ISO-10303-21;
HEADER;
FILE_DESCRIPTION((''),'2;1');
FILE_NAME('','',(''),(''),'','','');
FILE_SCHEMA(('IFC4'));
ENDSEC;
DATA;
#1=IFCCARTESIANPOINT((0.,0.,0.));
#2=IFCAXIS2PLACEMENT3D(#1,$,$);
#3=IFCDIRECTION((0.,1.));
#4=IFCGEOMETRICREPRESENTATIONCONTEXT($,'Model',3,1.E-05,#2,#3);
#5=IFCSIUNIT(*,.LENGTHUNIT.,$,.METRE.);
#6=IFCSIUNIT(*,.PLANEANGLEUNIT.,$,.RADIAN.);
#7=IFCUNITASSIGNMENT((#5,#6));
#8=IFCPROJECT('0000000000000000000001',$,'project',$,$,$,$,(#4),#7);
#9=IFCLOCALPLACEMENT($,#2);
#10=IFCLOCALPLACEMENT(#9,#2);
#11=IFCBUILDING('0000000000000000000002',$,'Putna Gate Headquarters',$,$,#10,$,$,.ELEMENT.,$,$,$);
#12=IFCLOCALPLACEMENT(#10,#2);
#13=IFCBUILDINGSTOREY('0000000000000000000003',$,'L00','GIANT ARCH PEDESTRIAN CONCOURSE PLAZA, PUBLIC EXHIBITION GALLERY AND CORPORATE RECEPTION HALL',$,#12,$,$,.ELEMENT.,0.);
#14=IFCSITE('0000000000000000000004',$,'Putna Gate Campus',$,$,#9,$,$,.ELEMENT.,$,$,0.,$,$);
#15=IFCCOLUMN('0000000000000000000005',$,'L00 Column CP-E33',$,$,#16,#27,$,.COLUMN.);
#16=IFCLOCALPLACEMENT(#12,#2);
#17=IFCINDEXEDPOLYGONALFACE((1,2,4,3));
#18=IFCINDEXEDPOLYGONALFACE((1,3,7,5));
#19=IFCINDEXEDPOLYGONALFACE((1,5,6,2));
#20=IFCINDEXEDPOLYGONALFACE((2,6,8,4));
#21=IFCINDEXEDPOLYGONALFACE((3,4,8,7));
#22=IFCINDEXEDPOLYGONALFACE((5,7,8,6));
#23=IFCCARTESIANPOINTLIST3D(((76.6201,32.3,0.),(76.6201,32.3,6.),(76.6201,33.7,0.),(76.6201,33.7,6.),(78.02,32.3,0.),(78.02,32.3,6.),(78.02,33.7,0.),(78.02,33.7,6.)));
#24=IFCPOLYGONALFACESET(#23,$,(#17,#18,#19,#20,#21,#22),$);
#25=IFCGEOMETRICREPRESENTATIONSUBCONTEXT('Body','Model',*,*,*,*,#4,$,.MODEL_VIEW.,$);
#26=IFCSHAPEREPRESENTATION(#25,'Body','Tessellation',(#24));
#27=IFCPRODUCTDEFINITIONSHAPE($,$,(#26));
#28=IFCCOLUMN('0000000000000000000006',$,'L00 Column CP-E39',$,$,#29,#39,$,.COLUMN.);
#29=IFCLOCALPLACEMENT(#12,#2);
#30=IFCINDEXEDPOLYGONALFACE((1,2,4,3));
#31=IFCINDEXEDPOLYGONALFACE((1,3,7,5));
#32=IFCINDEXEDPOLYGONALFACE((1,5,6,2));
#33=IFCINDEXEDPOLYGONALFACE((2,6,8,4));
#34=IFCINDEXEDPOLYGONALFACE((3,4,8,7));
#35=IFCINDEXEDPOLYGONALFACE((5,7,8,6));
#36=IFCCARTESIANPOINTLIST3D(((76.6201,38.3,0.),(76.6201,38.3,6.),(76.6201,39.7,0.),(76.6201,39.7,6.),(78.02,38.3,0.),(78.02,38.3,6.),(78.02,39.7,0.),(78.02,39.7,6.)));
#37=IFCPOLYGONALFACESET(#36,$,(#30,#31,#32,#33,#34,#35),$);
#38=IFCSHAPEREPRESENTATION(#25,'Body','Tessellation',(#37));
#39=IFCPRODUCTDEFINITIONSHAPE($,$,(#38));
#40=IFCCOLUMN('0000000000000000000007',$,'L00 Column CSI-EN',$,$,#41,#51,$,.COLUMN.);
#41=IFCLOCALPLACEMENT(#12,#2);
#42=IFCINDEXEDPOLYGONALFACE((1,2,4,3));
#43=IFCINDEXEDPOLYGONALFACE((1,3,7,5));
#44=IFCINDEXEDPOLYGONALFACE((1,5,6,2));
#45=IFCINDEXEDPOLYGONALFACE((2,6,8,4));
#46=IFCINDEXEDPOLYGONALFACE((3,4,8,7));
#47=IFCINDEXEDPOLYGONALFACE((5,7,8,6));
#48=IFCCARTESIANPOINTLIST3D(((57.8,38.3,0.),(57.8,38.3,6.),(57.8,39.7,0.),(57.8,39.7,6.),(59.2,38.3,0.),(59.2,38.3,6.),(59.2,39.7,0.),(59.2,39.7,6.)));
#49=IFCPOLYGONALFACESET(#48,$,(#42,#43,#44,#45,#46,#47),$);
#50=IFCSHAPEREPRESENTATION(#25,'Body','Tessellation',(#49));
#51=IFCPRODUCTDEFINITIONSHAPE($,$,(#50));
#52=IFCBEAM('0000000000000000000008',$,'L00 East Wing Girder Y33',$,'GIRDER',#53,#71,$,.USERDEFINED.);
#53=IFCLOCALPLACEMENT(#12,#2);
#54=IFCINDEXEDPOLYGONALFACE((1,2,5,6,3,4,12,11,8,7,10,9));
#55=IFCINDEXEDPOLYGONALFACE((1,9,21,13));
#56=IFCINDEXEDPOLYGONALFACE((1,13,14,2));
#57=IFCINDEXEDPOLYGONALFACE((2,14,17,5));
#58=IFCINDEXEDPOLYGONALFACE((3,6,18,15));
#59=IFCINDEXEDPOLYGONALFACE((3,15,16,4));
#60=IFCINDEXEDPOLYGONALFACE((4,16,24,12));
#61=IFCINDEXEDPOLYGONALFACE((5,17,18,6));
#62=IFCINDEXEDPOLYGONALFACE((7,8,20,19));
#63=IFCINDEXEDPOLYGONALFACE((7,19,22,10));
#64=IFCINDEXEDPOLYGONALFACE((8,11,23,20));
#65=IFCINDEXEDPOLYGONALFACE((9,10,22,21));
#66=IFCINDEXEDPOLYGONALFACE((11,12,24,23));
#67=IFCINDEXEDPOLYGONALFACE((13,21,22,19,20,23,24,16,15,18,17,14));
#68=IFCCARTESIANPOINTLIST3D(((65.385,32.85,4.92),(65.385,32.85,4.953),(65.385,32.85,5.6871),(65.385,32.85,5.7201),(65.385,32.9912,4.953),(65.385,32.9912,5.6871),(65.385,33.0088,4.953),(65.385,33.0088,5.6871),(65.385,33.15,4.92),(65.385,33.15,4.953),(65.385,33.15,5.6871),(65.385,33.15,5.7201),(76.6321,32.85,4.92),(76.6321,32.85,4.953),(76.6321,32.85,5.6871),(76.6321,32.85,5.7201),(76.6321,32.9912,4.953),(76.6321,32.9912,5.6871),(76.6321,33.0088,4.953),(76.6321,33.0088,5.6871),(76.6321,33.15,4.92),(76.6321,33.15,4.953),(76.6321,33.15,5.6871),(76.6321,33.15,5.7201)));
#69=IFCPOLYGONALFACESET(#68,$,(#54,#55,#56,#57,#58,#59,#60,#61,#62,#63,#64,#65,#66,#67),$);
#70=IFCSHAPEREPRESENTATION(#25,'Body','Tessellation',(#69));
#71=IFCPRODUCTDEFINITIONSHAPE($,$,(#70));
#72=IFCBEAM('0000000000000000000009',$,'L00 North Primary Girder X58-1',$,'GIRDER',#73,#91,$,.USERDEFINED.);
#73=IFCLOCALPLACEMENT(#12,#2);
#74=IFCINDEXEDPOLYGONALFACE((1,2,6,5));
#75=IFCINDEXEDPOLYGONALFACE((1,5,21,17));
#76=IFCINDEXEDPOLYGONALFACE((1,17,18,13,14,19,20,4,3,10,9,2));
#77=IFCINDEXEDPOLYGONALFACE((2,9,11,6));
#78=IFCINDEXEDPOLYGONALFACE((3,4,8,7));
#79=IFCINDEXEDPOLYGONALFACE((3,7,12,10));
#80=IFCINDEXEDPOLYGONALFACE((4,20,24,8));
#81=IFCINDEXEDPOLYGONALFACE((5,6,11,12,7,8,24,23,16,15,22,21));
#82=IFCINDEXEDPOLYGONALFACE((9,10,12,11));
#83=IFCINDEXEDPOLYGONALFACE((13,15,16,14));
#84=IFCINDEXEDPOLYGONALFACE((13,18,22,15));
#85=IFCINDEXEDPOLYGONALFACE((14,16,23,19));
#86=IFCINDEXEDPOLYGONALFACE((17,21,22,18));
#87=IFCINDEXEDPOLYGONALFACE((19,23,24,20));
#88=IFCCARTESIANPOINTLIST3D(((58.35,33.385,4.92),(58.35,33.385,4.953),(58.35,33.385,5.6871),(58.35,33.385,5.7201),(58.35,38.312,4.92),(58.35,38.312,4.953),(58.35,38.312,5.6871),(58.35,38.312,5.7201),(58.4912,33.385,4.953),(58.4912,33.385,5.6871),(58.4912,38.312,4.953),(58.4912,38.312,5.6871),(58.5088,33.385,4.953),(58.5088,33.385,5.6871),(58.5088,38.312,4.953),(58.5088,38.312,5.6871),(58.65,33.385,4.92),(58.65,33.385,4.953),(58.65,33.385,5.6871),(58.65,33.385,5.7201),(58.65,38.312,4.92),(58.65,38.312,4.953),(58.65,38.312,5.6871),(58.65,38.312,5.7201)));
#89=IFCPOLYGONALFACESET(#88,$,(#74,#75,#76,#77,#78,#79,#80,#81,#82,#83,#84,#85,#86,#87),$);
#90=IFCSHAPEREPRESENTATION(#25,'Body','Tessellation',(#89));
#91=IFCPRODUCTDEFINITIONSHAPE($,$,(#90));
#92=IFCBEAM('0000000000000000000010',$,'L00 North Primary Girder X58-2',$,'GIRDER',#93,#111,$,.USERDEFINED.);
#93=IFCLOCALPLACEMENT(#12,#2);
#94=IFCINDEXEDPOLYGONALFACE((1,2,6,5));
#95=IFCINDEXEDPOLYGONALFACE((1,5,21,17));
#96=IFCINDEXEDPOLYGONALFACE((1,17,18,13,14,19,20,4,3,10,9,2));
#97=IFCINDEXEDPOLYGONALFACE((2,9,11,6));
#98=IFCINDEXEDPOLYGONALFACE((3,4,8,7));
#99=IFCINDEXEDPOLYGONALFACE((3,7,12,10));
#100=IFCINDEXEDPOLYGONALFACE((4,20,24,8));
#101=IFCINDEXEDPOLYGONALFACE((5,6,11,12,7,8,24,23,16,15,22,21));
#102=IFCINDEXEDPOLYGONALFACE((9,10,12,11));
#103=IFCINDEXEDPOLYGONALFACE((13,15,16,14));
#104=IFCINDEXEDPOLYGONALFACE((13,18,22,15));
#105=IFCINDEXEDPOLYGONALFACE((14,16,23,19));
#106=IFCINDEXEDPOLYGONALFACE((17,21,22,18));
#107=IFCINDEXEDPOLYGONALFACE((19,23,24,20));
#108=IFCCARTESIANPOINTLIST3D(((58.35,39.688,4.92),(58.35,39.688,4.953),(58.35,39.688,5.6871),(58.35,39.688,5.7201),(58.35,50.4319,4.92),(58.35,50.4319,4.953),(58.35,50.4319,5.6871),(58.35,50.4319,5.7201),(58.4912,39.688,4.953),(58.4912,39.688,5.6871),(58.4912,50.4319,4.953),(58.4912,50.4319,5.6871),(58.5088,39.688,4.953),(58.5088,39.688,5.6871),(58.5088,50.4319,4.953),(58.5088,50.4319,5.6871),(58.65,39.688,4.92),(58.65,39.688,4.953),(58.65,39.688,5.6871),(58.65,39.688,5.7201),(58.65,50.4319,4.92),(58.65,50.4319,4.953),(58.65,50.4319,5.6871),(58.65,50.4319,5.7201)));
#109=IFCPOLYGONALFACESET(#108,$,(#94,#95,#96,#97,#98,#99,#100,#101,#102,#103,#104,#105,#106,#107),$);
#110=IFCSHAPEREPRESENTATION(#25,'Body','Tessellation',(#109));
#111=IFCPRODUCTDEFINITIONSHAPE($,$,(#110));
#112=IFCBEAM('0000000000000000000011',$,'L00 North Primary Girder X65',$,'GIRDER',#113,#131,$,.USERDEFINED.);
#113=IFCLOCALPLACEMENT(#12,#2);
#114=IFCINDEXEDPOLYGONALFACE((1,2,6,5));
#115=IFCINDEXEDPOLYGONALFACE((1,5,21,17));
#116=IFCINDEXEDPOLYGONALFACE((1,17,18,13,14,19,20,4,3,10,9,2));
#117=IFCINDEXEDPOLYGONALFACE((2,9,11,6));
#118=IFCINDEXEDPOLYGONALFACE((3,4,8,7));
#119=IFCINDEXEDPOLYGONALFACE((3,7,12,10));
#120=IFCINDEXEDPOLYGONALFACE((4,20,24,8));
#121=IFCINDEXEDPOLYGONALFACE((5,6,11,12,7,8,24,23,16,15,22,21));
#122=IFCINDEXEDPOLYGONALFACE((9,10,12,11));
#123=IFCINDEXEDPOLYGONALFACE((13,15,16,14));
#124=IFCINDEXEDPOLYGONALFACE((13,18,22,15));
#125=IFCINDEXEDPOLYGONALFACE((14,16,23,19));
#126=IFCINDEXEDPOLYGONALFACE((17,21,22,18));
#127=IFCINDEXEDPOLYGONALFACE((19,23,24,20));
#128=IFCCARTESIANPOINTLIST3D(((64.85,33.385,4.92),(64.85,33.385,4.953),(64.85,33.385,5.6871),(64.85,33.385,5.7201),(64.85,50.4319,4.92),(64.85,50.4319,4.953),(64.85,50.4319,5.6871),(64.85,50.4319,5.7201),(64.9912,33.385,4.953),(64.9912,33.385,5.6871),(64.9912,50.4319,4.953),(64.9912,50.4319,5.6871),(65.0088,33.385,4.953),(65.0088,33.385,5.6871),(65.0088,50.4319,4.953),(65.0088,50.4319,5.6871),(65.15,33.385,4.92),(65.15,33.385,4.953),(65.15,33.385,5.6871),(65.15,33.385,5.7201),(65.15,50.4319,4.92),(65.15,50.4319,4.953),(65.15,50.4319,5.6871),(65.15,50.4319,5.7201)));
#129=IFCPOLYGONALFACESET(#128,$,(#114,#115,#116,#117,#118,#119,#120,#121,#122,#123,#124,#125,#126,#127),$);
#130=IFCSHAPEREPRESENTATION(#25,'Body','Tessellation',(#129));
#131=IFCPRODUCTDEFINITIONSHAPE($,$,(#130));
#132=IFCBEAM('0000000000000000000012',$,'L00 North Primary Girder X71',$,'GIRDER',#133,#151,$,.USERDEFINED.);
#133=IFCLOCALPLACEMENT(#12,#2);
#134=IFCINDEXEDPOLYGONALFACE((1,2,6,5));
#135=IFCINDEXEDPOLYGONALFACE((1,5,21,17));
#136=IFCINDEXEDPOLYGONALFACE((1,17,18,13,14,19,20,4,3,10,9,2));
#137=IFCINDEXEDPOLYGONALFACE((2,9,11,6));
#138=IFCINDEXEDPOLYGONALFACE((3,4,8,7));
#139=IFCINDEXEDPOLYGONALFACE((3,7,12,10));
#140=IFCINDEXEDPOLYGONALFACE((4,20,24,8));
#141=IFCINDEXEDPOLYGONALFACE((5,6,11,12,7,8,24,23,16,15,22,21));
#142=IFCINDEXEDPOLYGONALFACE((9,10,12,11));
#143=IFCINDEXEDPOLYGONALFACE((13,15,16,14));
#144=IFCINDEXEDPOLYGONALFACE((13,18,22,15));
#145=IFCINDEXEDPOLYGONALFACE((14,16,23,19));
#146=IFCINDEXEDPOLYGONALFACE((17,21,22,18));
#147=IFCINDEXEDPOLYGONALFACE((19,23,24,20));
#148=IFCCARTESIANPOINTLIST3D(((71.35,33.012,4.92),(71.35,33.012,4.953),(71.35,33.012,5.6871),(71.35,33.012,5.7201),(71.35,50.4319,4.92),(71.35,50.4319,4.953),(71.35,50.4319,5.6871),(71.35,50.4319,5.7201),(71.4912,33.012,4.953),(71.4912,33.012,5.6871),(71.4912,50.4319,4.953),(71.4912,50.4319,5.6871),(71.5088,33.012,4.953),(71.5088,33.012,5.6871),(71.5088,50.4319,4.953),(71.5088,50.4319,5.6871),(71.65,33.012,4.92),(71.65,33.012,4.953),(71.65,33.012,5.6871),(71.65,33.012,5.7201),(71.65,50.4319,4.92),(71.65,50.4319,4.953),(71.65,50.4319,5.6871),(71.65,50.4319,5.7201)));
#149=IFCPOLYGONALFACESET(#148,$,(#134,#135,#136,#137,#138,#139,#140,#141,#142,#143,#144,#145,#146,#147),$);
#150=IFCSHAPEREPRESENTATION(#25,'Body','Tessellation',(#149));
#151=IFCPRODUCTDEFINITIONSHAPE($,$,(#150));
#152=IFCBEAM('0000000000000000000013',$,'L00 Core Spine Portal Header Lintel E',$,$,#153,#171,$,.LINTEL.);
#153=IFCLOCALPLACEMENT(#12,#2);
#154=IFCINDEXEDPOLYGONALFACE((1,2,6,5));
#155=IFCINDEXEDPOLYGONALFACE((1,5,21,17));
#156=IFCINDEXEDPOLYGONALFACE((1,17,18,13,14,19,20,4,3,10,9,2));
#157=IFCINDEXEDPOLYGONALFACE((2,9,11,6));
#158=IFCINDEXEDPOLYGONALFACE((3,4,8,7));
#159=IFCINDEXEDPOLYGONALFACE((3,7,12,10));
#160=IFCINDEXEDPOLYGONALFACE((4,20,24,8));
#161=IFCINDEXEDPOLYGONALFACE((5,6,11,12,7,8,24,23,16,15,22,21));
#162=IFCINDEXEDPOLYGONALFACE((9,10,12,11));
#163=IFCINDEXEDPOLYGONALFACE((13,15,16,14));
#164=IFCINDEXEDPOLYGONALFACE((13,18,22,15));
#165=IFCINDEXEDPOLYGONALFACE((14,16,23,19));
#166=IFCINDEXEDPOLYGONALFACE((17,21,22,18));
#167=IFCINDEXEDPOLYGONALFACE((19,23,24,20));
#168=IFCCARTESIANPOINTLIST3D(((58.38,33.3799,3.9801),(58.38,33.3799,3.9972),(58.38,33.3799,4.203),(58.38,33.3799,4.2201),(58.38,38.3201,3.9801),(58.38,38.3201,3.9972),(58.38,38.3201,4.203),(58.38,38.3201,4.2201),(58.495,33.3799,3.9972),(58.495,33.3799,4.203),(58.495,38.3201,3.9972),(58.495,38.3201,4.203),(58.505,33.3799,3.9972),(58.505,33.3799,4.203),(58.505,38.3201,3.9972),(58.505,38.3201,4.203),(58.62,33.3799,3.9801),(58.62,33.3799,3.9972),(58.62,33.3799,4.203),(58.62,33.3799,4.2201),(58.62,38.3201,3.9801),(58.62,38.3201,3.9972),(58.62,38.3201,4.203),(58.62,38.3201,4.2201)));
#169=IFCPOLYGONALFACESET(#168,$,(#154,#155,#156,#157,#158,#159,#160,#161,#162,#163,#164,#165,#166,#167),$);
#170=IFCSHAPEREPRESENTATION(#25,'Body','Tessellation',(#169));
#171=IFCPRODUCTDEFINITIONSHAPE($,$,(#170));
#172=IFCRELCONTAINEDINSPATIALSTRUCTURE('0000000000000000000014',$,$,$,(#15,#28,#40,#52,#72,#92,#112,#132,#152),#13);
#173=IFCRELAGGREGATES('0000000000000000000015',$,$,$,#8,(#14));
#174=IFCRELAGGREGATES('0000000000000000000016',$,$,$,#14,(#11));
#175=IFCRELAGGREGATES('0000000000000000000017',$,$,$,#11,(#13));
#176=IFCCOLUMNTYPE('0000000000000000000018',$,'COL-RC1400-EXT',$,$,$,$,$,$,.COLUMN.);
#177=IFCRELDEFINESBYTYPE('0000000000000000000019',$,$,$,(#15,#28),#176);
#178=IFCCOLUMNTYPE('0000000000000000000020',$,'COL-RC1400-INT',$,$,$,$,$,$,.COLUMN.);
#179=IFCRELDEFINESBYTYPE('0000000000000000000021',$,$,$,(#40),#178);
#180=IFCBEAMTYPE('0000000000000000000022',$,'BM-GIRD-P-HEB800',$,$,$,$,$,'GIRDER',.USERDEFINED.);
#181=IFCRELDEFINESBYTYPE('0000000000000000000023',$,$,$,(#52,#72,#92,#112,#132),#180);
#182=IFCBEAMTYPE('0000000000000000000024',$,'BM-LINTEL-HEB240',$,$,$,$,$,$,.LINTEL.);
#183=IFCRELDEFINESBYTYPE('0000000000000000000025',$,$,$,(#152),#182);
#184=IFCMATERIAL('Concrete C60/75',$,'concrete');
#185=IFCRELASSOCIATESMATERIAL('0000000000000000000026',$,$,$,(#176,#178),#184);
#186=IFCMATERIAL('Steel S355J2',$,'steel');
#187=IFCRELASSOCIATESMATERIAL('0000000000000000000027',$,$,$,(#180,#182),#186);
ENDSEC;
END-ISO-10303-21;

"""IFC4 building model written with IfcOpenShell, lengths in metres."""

from ifc_helpers import new_model, si_unit, direction, frame, origin, origin_2d, place, context, subcontext, project, spatial, rectangle, i_section, extrude, material, material_profile, profile_set, type_object, element, save


model = new_model("IFC4")

# Units and contexts
model_context = context("Model", 3, precision=1e-05, world=origin(), true_north=direction((0.0, 1.0)))
body_context = subcontext(model_context, "Body", "Model", "MODEL_VIEW")
ifc_project = project(units=[si_unit("LENGTHUNIT", "METRE"), si_unit("PLANEANGLEUNIT", "RADIAN")], contexts=[model_context])

# Site, building, storey
site_placement = place(None, origin())
site = spatial("IfcSite", under=ifc_project, at=site_placement, Name="Putna Gate Campus", CompositionType="ELEMENT", RefElevation=0.0)
building_placement = place(site_placement, origin())
building = spatial("IfcBuilding", under=site, at=building_placement, Name="Putna Gate Headquarters", CompositionType="ELEMENT")
storey_placement = place(building_placement, origin())
storey = spatial("IfcBuildingStorey", under=building, at=storey_placement, Name="L00", Description="GIANT ARCH PEDESTRIAN CONCOURSE PLAZA, PUBLIC EXHIBITION GALLERY AND CORPORATE RECEPTION HALL", CompositionType="ELEMENT", Elevation=0.0)

# Columns
ifc_material_1 = material(Name="Concrete C60/75", Category="concrete")
ifc_material_profile_1 = material_profile(ifc_material_1, rectangle(XDim=1.3999, YDim=1.3999, at=origin_2d()), Name="Concrete C60/75")
ifc_profile_set_1 = profile_set([ifc_material_profile_1], Name="Concrete C60/75")
column_type_1 = type_object("IfcColumnType", Name="COL-RC1400-EXT", PredefinedType="COLUMN", material=ifc_profile_set_1)
for number, where, z_axis, x_axis, name in (
    (1, (77.3201, 33.0, 0.0), (0.0, 0.0, 1.0), (1.0, 0.0, 0.0), "L00 Column CP-E33"),
    (2, (77.3201, 39.0, 0.0), (0.0, 0.0, 1.0), (1.0, 0.0, 0.0), "L00 Column CP-E39"),
):
    element("IfcColumn", number, at=place(storey_placement, frame(where, z_axis=z_axis, x_axis=x_axis)), inside=storey, type_object=column_type_1, Name=name, PredefinedType="COLUMN", context=body_context, shape_type="SweptSolid", body=[
        extrude(rectangle(XDim=1.3999, YDim=1.3999, at=origin_2d()), origin(), (0.0, 0.0, 1.0), 6.0),
    ])
ifc_material_profile_2 = material_profile(ifc_material_1, rectangle(XDim=1.3999, YDim=1.3999, at=origin_2d()), Name="Concrete C60/75")
ifc_profile_set_2 = profile_set([ifc_material_profile_2], Name="Concrete C60/75")
column_type_2 = type_object("IfcColumnType", Name="COL-RC1400-INT", PredefinedType="COLUMN", material=ifc_profile_set_2)
column_placement = place(storey_placement, frame((58.5, 39.0, 0.0), z_axis=(0.0, 0.0, 1.0), x_axis=(1.0, 0.0, 0.0)))
element("IfcColumn", 3, at=column_placement, inside=storey, type_object=column_type_2, Name="L00 Column CSI-EN", PredefinedType="COLUMN", context=body_context, shape_type="SweptSolid", body=[
    extrude(rectangle(XDim=1.3999, YDim=1.3999, at=origin_2d()), origin(), (0.0, 0.0, 1.0), 6.0),
])

# Beams
ifc_material_2 = material(Name="Steel S355J2", Category="steel")
ifc_material_profile_3 = material_profile(ifc_material_2, i_section(OverallWidth=0.3, OverallDepth=0.8, WebThickness=0.0176, FlangeThickness=0.033, at=origin_2d()), Name="Steel S355J2")
ifc_profile_set_3 = profile_set([ifc_material_profile_3], Name="Steel S355J2")
beam_type_1 = type_object("IfcBeamType", Name="BM-GIRD-P-HEB800", ElementType="GIRDER", PredefinedType="USERDEFINED", material=ifc_profile_set_3)
beam_1_placement = place(storey_placement, frame((65.385, 33.0, 5.3201), z_axis=(1.0, 0.0, 0.0), x_axis=(0.0, 1.0, 0.0)))
element("IfcBeam", 4, at=beam_1_placement, inside=storey, type_object=beam_type_1, Name="L00 East Wing Girder Y33", ObjectType="GIRDER", PredefinedType="USERDEFINED", context=body_context, shape_type="SweptSolid", body=[
    extrude(i_section(OverallWidth=0.3, OverallDepth=0.8, WebThickness=0.0176, FlangeThickness=0.033, at=origin_2d()), origin(), (0.0, 0.0, 1.0), 11.2471),
])
beam_2_placement = place(storey_placement, frame((58.5, 33.385, 5.3201), z_axis=(0.0, 1.0, 0.0), x_axis=(-1.0, 0.0, 0.0)))
element("IfcBeam", 5, at=beam_2_placement, inside=storey, type_object=beam_type_1, Name="L00 North Primary Girder X58-1", ObjectType="GIRDER", PredefinedType="USERDEFINED", context=body_context, shape_type="SweptSolid", body=[
    extrude(i_section(OverallWidth=0.3, OverallDepth=0.8, WebThickness=0.0176, FlangeThickness=0.033, at=origin_2d()), origin(), (0.0, 0.0, 1.0), 4.927),
])
beam_3_placement = place(storey_placement, frame((58.5, 39.688, 5.3201), z_axis=(0.0, 1.0, 0.0), x_axis=(-1.0, 0.0, 0.0)))
element("IfcBeam", 6, at=beam_3_placement, inside=storey, type_object=beam_type_1, Name="L00 North Primary Girder X58-2", ObjectType="GIRDER", PredefinedType="USERDEFINED", context=body_context, shape_type="SweptSolid", body=[
    extrude(i_section(OverallWidth=0.3, OverallDepth=0.8, WebThickness=0.0176, FlangeThickness=0.033, at=origin_2d()), origin(), (0.0, 0.0, 1.0), 10.7439),
])
beam_4_placement = place(storey_placement, frame((65.0, 33.385, 5.3201), z_axis=(0.0, 1.0, 0.0), x_axis=(-1.0, 0.0, 0.0)))
element("IfcBeam", 7, at=beam_4_placement, inside=storey, type_object=beam_type_1, Name="L00 North Primary Girder X65", ObjectType="GIRDER", PredefinedType="USERDEFINED", context=body_context, shape_type="SweptSolid", body=[
    extrude(i_section(OverallWidth=0.3, OverallDepth=0.8, WebThickness=0.0176, FlangeThickness=0.033, at=origin_2d()), origin(), (0.0, 0.0, 1.0), 17.0469),
])
beam_5_placement = place(storey_placement, frame((71.5, 33.012, 5.3201), z_axis=(0.0, 1.0, 0.0), x_axis=(-1.0, 0.0, 0.0)))
element("IfcBeam", 8, at=beam_5_placement, inside=storey, type_object=beam_type_1, Name="L00 North Primary Girder X71", ObjectType="GIRDER", PredefinedType="USERDEFINED", context=body_context, shape_type="SweptSolid", body=[
    extrude(i_section(OverallWidth=0.3, OverallDepth=0.8, WebThickness=0.0176, FlangeThickness=0.033, at=origin_2d()), origin(), (0.0, 0.0, 1.0), 17.4199),
])
ifc_material_profile_4 = material_profile(ifc_material_2, i_section(OverallWidth=0.24, OverallDepth=0.24, WebThickness=0.01, FlangeThickness=0.0171, at=origin_2d()), Name="Steel S355J2")
ifc_profile_set_4 = profile_set([ifc_material_profile_4], Name="Steel S355J2")
beam_type_2 = type_object("IfcBeamType", Name="BM-LINTEL-HEB240", PredefinedType="LINTEL", material=ifc_profile_set_4)
beam_6_placement = place(storey_placement, frame((58.5, 33.3799, 4.1001), z_axis=(0.0, 1.0, 0.0), x_axis=(-1.0, 0.0, 0.0)))
element("IfcBeam", 9, at=beam_6_placement, inside=storey, type_object=beam_type_2, Name="L00 Core Spine Portal Header Lintel E", PredefinedType="LINTEL", context=body_context, shape_type="SweptSolid", body=[
    extrude(i_section(OverallWidth=0.24, OverallDepth=0.24, WebThickness=0.01, FlangeThickness=0.0171, at=origin_2d()), origin(), (0.0, 0.0, 1.0), 4.9402),
])

save(model, "model.ifc")
